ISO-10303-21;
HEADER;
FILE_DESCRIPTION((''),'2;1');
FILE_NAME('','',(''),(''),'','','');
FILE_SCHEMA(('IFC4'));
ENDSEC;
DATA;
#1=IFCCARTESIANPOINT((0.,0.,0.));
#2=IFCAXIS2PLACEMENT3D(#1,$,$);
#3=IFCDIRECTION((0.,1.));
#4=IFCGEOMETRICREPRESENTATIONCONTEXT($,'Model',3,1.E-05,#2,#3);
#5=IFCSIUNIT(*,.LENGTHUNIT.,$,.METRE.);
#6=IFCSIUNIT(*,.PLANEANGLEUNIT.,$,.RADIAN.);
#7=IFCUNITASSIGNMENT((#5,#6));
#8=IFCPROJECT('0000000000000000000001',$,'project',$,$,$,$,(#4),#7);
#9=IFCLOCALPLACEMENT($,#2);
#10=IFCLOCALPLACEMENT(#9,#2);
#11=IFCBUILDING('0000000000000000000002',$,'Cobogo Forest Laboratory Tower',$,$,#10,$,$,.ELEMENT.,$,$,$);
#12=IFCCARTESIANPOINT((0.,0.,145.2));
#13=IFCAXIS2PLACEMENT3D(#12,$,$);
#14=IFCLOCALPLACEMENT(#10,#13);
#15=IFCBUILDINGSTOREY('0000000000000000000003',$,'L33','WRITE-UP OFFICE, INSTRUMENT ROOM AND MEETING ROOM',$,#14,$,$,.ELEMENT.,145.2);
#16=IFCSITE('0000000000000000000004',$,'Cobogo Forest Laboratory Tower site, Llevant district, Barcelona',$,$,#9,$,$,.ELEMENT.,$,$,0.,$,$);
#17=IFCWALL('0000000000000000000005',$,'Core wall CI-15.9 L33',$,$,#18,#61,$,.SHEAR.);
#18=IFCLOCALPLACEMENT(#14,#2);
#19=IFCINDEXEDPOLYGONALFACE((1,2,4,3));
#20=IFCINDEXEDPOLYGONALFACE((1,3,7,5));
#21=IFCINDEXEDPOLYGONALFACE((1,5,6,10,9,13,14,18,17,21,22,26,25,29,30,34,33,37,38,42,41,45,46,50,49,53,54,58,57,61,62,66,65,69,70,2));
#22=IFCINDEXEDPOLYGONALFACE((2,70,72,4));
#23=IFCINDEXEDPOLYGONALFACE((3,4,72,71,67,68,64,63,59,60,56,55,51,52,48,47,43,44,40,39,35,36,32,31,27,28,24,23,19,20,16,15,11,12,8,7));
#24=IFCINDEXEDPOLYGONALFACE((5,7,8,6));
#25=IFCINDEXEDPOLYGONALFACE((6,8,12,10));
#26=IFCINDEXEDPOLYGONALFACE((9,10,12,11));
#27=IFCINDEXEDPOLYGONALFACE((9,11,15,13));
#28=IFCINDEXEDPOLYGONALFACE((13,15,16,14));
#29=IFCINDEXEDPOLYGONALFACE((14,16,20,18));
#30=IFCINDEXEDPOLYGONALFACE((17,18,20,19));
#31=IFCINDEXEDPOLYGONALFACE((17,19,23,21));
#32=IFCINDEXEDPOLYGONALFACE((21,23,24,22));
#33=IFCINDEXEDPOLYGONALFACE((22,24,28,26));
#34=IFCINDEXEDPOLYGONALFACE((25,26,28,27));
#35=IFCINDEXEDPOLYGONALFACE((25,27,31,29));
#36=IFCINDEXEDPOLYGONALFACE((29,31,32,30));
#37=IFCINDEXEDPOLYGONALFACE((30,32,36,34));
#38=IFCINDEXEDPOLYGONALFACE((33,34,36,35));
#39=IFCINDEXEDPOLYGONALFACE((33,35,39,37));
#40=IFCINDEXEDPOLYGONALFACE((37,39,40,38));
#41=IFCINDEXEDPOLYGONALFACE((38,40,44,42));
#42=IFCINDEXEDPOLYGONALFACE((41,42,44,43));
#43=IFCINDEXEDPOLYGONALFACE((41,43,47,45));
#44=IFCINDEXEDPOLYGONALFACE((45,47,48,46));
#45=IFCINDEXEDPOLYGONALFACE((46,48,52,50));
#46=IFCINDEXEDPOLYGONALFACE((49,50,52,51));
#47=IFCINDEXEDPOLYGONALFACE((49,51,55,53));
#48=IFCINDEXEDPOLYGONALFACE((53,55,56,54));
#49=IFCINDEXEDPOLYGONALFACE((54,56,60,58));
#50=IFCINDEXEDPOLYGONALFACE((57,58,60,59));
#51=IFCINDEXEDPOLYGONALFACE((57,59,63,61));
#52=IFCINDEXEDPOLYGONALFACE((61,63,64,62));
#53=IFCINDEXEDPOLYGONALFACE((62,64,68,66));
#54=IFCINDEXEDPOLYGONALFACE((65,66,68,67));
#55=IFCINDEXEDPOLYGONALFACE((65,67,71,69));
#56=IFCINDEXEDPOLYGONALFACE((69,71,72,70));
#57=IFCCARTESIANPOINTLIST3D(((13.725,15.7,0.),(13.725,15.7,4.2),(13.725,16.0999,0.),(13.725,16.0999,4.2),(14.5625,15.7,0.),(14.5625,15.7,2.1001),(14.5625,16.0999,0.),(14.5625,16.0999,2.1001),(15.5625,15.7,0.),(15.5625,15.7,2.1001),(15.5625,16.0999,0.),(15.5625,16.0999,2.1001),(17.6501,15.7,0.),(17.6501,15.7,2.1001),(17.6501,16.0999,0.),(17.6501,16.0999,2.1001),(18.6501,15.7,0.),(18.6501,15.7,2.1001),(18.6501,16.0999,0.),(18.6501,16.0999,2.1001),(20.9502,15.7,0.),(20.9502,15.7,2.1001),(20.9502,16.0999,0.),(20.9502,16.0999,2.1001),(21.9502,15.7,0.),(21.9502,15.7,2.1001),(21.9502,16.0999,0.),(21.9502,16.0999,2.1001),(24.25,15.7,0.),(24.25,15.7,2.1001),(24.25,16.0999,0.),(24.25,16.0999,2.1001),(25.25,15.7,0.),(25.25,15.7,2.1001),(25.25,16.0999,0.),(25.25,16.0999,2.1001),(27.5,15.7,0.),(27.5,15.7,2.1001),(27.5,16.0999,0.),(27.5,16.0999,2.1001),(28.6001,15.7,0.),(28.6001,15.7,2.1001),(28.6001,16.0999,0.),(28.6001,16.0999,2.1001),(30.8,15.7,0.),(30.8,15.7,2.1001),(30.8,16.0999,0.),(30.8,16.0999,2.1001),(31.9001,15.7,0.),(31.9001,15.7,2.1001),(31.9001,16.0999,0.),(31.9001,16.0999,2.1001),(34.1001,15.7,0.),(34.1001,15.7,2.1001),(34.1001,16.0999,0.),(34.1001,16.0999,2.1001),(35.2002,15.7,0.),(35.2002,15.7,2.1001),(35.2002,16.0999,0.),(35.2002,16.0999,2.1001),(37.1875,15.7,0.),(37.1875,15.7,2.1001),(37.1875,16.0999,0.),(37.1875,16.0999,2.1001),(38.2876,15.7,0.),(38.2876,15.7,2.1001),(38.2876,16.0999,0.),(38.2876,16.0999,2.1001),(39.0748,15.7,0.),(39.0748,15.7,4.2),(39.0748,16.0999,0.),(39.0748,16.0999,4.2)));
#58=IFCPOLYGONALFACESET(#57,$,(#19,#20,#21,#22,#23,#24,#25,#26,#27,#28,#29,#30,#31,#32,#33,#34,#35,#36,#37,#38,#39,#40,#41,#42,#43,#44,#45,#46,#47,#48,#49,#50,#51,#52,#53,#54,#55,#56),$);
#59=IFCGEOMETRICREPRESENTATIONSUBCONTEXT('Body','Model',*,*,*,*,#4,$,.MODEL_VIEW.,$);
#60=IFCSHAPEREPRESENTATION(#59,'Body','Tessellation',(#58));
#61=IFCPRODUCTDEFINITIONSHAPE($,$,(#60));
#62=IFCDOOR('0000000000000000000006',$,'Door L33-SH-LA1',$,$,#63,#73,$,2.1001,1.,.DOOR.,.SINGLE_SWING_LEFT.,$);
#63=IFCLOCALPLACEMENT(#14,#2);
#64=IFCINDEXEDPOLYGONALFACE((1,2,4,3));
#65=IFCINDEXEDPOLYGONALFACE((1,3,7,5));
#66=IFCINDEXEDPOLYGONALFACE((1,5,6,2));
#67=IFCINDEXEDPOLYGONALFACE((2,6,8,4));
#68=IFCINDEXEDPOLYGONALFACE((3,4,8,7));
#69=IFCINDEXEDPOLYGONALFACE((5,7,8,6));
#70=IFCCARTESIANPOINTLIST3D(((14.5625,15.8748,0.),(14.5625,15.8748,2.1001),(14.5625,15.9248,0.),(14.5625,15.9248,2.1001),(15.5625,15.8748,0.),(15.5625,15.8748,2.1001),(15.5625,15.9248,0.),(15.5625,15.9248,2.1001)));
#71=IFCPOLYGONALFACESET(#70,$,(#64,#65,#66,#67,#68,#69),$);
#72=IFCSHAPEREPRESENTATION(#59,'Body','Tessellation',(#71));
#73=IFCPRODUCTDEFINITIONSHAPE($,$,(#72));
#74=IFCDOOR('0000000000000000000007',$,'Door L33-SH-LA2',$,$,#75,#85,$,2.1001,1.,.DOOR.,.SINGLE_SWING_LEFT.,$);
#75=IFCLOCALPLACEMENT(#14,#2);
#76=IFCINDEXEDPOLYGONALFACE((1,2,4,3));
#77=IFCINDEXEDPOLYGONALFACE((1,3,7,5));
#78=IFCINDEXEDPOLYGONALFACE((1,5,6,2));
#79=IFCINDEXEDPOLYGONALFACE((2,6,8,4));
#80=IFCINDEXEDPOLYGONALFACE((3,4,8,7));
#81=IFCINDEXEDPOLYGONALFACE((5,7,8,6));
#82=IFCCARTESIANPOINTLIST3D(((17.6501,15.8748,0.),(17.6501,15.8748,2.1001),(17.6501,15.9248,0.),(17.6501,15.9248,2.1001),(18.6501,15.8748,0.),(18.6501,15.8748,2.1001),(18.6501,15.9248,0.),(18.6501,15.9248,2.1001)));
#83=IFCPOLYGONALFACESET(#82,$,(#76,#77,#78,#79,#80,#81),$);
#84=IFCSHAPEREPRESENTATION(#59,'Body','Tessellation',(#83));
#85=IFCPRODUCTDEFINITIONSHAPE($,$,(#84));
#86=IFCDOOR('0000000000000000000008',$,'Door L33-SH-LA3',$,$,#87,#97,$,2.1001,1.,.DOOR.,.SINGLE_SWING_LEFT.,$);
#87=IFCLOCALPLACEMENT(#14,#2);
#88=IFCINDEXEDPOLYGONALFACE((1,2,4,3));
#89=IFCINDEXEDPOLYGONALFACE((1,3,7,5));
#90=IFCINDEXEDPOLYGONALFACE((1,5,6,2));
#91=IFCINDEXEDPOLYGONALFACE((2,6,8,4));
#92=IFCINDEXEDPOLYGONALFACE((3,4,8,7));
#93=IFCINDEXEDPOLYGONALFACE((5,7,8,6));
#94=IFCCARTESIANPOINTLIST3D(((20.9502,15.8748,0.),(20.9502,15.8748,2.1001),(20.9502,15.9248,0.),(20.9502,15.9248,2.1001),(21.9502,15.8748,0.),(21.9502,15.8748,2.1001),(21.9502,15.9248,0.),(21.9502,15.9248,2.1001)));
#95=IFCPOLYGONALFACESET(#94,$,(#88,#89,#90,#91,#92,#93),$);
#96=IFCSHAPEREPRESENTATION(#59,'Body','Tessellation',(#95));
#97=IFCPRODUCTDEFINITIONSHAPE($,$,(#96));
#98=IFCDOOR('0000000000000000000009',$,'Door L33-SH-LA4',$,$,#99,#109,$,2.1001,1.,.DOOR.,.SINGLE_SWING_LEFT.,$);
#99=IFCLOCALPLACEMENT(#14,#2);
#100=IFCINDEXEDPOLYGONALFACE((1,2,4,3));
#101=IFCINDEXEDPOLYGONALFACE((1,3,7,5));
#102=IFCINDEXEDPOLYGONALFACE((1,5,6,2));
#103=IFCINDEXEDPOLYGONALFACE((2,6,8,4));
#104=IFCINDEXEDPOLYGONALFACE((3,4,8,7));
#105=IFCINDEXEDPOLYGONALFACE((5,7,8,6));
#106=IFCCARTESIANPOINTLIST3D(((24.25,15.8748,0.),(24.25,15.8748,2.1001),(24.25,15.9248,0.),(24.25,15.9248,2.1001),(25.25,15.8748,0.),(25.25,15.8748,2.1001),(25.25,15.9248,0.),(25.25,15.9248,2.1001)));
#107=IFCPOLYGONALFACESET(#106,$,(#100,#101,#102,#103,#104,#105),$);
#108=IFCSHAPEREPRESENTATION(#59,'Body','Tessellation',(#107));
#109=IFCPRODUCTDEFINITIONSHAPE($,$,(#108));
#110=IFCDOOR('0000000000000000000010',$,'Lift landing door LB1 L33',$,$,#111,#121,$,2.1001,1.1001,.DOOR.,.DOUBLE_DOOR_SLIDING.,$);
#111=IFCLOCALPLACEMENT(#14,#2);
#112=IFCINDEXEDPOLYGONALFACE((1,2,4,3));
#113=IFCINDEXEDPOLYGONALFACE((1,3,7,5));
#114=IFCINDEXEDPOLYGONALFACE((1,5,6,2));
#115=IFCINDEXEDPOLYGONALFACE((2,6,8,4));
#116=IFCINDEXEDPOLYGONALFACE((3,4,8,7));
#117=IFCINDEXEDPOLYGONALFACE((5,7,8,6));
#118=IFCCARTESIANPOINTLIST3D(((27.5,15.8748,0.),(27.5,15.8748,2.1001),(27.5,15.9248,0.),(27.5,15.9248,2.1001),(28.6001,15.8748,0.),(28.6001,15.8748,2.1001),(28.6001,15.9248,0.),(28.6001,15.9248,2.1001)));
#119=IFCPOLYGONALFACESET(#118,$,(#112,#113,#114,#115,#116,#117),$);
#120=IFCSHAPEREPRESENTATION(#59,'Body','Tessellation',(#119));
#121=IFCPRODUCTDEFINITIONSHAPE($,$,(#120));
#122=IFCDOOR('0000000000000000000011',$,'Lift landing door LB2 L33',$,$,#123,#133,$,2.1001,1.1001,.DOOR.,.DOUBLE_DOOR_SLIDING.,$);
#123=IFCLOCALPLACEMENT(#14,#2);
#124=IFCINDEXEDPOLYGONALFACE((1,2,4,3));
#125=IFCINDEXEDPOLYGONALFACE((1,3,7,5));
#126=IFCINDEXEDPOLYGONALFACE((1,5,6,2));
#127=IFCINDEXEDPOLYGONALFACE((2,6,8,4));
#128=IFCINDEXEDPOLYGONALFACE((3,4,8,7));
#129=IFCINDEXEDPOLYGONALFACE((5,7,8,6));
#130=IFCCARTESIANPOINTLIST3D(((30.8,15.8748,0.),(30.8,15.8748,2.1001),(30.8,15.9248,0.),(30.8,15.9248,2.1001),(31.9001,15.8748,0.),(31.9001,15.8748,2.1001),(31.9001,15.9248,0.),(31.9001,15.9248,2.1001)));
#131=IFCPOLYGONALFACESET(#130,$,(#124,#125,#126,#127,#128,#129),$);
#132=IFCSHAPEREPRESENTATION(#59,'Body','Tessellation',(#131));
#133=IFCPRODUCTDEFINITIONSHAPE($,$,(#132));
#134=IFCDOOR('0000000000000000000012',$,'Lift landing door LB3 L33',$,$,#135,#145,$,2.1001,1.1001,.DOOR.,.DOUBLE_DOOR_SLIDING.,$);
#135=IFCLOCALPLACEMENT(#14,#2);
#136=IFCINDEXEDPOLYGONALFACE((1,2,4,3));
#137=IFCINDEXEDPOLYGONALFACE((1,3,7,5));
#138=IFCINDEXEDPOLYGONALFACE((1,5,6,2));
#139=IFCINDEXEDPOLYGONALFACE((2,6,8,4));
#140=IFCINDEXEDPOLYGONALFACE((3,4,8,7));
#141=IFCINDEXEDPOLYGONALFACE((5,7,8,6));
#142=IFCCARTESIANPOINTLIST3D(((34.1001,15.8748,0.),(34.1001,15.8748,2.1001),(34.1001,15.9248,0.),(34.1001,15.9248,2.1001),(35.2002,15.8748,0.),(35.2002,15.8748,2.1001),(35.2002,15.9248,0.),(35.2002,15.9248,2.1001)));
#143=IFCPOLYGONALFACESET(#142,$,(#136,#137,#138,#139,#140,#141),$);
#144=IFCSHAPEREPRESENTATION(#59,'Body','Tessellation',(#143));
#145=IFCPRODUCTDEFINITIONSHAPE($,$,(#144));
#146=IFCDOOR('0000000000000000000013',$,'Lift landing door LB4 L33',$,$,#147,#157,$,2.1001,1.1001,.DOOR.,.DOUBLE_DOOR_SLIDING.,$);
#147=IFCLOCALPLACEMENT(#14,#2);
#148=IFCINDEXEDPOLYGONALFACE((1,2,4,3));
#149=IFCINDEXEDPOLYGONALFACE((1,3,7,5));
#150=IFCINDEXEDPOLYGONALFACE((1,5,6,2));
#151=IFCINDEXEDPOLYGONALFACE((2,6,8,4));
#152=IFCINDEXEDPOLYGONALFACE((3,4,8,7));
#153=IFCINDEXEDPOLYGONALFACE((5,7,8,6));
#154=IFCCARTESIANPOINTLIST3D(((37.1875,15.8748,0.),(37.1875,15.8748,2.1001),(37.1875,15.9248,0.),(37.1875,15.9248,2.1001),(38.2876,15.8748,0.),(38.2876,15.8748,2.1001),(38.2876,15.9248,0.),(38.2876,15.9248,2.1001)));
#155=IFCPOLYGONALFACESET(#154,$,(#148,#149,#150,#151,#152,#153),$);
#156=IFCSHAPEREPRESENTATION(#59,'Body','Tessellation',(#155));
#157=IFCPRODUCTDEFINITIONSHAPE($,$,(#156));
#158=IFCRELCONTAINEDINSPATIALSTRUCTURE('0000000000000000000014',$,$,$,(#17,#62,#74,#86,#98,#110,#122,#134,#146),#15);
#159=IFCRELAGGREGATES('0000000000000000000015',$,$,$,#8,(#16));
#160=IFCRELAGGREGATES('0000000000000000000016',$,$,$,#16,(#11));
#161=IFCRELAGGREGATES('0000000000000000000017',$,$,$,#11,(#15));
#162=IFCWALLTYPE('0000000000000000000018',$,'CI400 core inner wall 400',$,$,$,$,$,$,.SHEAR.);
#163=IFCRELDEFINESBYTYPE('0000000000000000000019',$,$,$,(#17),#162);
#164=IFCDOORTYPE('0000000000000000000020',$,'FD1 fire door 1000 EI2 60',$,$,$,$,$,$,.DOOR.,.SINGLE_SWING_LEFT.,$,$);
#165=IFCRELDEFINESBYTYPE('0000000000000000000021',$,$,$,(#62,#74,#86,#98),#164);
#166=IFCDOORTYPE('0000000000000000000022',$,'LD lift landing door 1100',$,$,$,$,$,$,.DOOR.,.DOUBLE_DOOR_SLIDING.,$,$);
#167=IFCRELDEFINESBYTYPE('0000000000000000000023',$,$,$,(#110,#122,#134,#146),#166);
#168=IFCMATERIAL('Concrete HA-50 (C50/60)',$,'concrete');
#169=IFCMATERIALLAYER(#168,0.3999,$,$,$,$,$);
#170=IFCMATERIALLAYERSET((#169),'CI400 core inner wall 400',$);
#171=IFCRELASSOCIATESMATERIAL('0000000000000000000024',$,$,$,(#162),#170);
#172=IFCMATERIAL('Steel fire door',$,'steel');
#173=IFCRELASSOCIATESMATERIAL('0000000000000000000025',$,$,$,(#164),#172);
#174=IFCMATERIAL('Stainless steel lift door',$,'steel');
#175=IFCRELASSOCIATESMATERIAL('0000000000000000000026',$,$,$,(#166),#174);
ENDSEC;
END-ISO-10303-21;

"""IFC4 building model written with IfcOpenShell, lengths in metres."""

from ifc_helpers import new_model, si_unit, direction, frame, frame_2d, origin, place, context, subcontext, project, spatial, rectangle, extrude, material, layer, layer_set, type_object, element, fill, save


model = new_model("IFC4")

# Units and contexts
model_context = context("Model", 3, precision=1e-05, world=origin(), true_north=direction((0.0, 1.0)))
body_context = subcontext(model_context, "Body", "Model", "MODEL_VIEW")
ifc_project = project(units=[si_unit("LENGTHUNIT", "METRE"), si_unit("PLANEANGLEUNIT", "RADIAN")], contexts=[model_context])

# Site, building, storey
site_placement = place(None, origin())
site = spatial("IfcSite", under=ifc_project, at=site_placement, Name="Cobogo Forest Laboratory Tower site, Llevant district, Barcelona", CompositionType="ELEMENT", RefElevation=0.0)
building_placement = place(site_placement, origin())
building = spatial("IfcBuilding", under=site, at=building_placement, Name="Cobogo Forest Laboratory Tower", CompositionType="ELEMENT")
storey_placement = place(building_placement, frame((0.0, 0.0, 145.2)))
storey = spatial("IfcBuildingStorey", under=building, at=storey_placement, Name="L33", Description="WRITE-UP OFFICE, INSTRUMENT ROOM AND MEETING ROOM", CompositionType="ELEMENT", Elevation=145.2)

# Wall, openings, doors
ifc_material_1 = material(Name="Concrete HA-50 (C50/60)", Category="concrete")
ifc_layer_1 = layer(ifc_material_1, 0.3999)
ifc_layer_set_1 = layer_set([ifc_layer_1], Name="CI400 core inner wall 400")
wall_type_1 = type_object("IfcWallType", Name="CI400 core inner wall 400", PredefinedType="SHEAR", material=ifc_layer_set_1)
wall_1_placement = place(storey_placement, frame((13.7251, 15.8999, 0.0), z_axis=(0.0, 0.0, 1.0), x_axis=(1.0, 0.0, 0.0)))
wall_1 = element("IfcWall", 1, at=wall_1_placement, inside=storey, type_object=wall_type_1, Name="Core wall CI-15.9 L33", PredefinedType="SHEAR", context=body_context, shape_type="SweptSolid", body=[
    extrude(rectangle(XDim=25.3499, YDim=0.3999, at=frame_2d((12.6748, 0.0))), origin(), (0.0, 0.0, 1.0), 4.2),
])
opening_1_placement = place(wall_1_placement, frame((0.8374, 0.0, 0.0)))
opening_1 = element("IfcOpeningElement", 2, at=opening_1_placement, cuts=wall_1, PredefinedType="OPENING", context=body_context, shape_type="SweptSolid", body=[
    extrude(rectangle(XDim=1.0, YDim=2.1001, at=frame_2d((0.5, 1.05))), frame((0.0, 0.21, 0.0), z_axis=(0.0, -1.0, 0.0), x_axis=(1.0, 0.0, 0.0)), (0.0, 0.0, 1.0), 0.4199),
])
opening_2_placement = place(wall_1_placement, frame((3.925, 0.0, 0.0)))
opening_2 = element("IfcOpeningElement", 3, at=opening_2_placement, cuts=wall_1, PredefinedType="OPENING", context=body_context, shape_type="SweptSolid", body=[
    extrude(rectangle(XDim=1.0, YDim=2.1001, at=frame_2d((0.5, 1.05))), frame((0.0, 0.21, 0.0), z_axis=(0.0, -1.0, 0.0), x_axis=(1.0, 0.0, 0.0)), (0.0, 0.0, 1.0), 0.4199),
])
opening_3_placement = place(wall_1_placement, frame((7.2251, 0.0, 0.0)))
opening_3 = element("IfcOpeningElement", 4, at=opening_3_placement, cuts=wall_1, PredefinedType="OPENING", context=body_context, shape_type="SweptSolid", body=[
    extrude(rectangle(XDim=1.0, YDim=2.1001, at=frame_2d((0.5, 1.05))), frame((0.0, 0.21, 0.0), z_axis=(0.0, -1.0, 0.0), x_axis=(1.0, 0.0, 0.0)), (0.0, 0.0, 1.0), 0.4199),
])
opening_4_placement = place(wall_1_placement, frame((10.5249, 0.0, 0.0)))
opening_4 = element("IfcOpeningElement", 5, at=opening_4_placement, cuts=wall_1, PredefinedType="OPENING", context=body_context, shape_type="SweptSolid", body=[
    extrude(rectangle(XDim=1.0, YDim=2.1001, at=frame_2d((0.5, 1.05))), frame((0.0, 0.21, 0.0), z_axis=(0.0, -1.0, 0.0), x_axis=(1.0, 0.0, 0.0)), (0.0, 0.0, 1.0), 0.4199),
])
opening_5_placement = place(wall_1_placement, frame((13.7749, 0.0, 0.0)))
opening_5 = element("IfcOpeningElement", 6, at=opening_5_placement, cuts=wall_1, PredefinedType="OPENING", context=body_context, shape_type="SweptSolid", body=[
    extrude(rectangle(XDim=1.1001, YDim=2.1001, at=frame_2d((0.55, 1.05))), frame((0.0, 0.21, 0.0), z_axis=(0.0, -1.0, 0.0), x_axis=(1.0, 0.0, 0.0)), (0.0, 0.0, 1.0), 0.4199),
])
opening_6_placement = place(wall_1_placement, frame((17.075, 0.0, 0.0)))
opening_6 = element("IfcOpeningElement", 7, at=opening_6_placement, cuts=wall_1, PredefinedType="OPENING", context=body_context, shape_type="SweptSolid", body=[
    extrude(rectangle(XDim=1.1001, YDim=2.1001, at=frame_2d((0.55, 1.05))), frame((0.0, 0.21, 0.0), z_axis=(0.0, -1.0, 0.0), x_axis=(1.0, 0.0, 0.0)), (0.0, 0.0, 1.0), 0.4199),
])
opening_7_placement = place(wall_1_placement, frame((20.375, 0.0, 0.0)))
opening_7 = element("IfcOpeningElement", 8, at=opening_7_placement, cuts=wall_1, PredefinedType="OPENING", context=body_context, shape_type="SweptSolid", body=[
    extrude(rectangle(XDim=1.1001, YDim=2.1001, at=frame_2d((0.55, 1.05))), frame((0.0, 0.21, 0.0), z_axis=(0.0, -1.0, 0.0), x_axis=(1.0, 0.0, 0.0)), (0.0, 0.0, 1.0), 0.4199),
])
opening_8_placement = place(wall_1_placement, frame((23.4624, 0.0, 0.0)))
opening_8 = element("IfcOpeningElement", 9, at=opening_8_placement, cuts=wall_1, PredefinedType="OPENING", context=body_context, shape_type="SweptSolid", body=[
    extrude(rectangle(XDim=1.1001, YDim=2.1001, at=frame_2d((0.55, 1.05))), frame((0.0, 0.21, 0.0), z_axis=(0.0, -1.0, 0.0), x_axis=(1.0, 0.0, 0.0)), (0.0, 0.0, 1.0), 0.4199),
])
ifc_material_2 = material(Name="Steel fire door", Category="steel")
door_type_1 = type_object("IfcDoorType", Name="FD1 fire door 1000 EI2 60", OperationType="SINGLE_SWING_LEFT", PredefinedType="DOOR", material=ifc_material_2)
door_1_placement = place(opening_1_placement, origin())
door_1 = element("IfcDoor", 10, at=door_1_placement, inside=storey, type_object=door_type_1, Name="Door L33-SH-LA1", OperationType="SINGLE_SWING_LEFT", OverallHeight=2.1001, OverallWidth=1.0, PredefinedType="DOOR", context=body_context, shape_type="SweptSolid", body=[
    extrude(rectangle(XDim=1.0, YDim=2.1001, at=frame_2d((0.5, 1.05))), frame((0.0, 0.0249, 0.0), z_axis=(0.0, -1.0, 0.0), x_axis=(1.0, 0.0, 0.0)), (0.0, 0.0, 1.0), 0.05),
])
fill(opening_1, door_1)
door_2_placement = place(opening_2_placement, origin())
door_2 = element("IfcDoor", 11, at=door_2_placement, inside=storey, type_object=door_type_1, Name="Door L33-SH-LA2", OperationType="SINGLE_SWING_LEFT", OverallHeight=2.1001, OverallWidth=1.0, PredefinedType="DOOR", context=body_context, shape_type="SweptSolid", body=[
    extrude(rectangle(XDim=1.0, YDim=2.1001, at=frame_2d((0.5, 1.05))), frame((0.0, 0.0249, 0.0), z_axis=(0.0, -1.0, 0.0), x_axis=(1.0, 0.0, 0.0)), (0.0, 0.0, 1.0), 0.05),
])
fill(opening_2, door_2)
door_3_placement = place(opening_3_placement, origin())
door_3 = element("IfcDoor", 12, at=door_3_placement, inside=storey, type_object=door_type_1, Name="Door L33-SH-LA3", OperationType="SINGLE_SWING_LEFT", OverallHeight=2.1001, OverallWidth=1.0, PredefinedType="DOOR", context=body_context, shape_type="SweptSolid", body=[
    extrude(rectangle(XDim=1.0, YDim=2.1001, at=frame_2d((0.5, 1.05))), frame((0.0, 0.0249, 0.0), z_axis=(0.0, -1.0, 0.0), x_axis=(1.0, 0.0, 0.0)), (0.0, 0.0, 1.0), 0.05),
])
fill(opening_3, door_3)
door_4_placement = place(opening_4_placement, origin())
door_4 = element("IfcDoor", 13, at=door_4_placement, inside=storey, type_object=door_type_1, Name="Door L33-SH-LA4", OperationType="SINGLE_SWING_LEFT", OverallHeight=2.1001, OverallWidth=1.0, PredefinedType="DOOR", context=body_context, shape_type="SweptSolid", body=[
    extrude(rectangle(XDim=1.0, YDim=2.1001, at=frame_2d((0.5, 1.05))), frame((0.0, 0.0249, 0.0), z_axis=(0.0, -1.0, 0.0), x_axis=(1.0, 0.0, 0.0)), (0.0, 0.0, 1.0), 0.05),
])
fill(opening_4, door_4)
ifc_material_3 = material(Name="Stainless steel lift door", Category="steel")
door_type_2 = type_object("IfcDoorType", Name="LD lift landing door 1100", OperationType="DOUBLE_DOOR_SLIDING", PredefinedType="DOOR", material=ifc_material_3)
door_5_placement = place(opening_5_placement, origin())
door_5 = element("IfcDoor", 14, at=door_5_placement, inside=storey, type_object=door_type_2, Name="Lift landing door LB1 L33", OperationType="DOUBLE_DOOR_SLIDING", OverallHeight=2.1001, OverallWidth=1.1001, PredefinedType="DOOR", context=body_context, shape_type="SweptSolid", body=[
    extrude(rectangle(XDim=1.1001, YDim=2.1001, at=frame_2d((0.55, 1.05))), frame((0.0, 0.0249, 0.0), z_axis=(0.0, -1.0, 0.0), x_axis=(1.0, 0.0, 0.0)), (0.0, 0.0, 1.0), 0.05),
])
fill(opening_5, door_5)
door_6_placement = place(opening_6_placement, origin())
door_6 = element("IfcDoor", 15, at=door_6_placement, inside=storey, type_object=door_type_2, Name="Lift landing door LB2 L33", OperationType="DOUBLE_DOOR_SLIDING", OverallHeight=2.1001, OverallWidth=1.1001, PredefinedType="DOOR", context=body_context, shape_type="SweptSolid", body=[
    extrude(rectangle(XDim=1.1001, YDim=2.1001, at=frame_2d((0.55, 1.05))), frame((0.0, 0.0249, 0.0), z_axis=(0.0, -1.0, 0.0), x_axis=(1.0, 0.0, 0.0)), (0.0, 0.0, 1.0), 0.05),
])
fill(opening_6, door_6)
door_7_placement = place(opening_7_placement, origin())
door_7 = element("IfcDoor", 16, at=door_7_placement, inside=storey, type_object=door_type_2, Name="Lift landing door LB3 L33", OperationType="DOUBLE_DOOR_SLIDING", OverallHeight=2.1001, OverallWidth=1.1001, PredefinedType="DOOR", context=body_context, shape_type="SweptSolid", body=[
    extrude(rectangle(XDim=1.1001, YDim=2.1001, at=frame_2d((0.55, 1.05))), frame((0.0, 0.0249, 0.0), z_axis=(0.0, -1.0, 0.0), x_axis=(1.0, 0.0, 0.0)), (0.0, 0.0, 1.0), 0.05),
])
fill(opening_7, door_7)
door_8_placement = place(opening_8_placement, origin())
door_8 = element("IfcDoor", 17, at=door_8_placement, inside=storey, type_object=door_type_2, Name="Lift landing door LB4 L33", OperationType="DOUBLE_DOOR_SLIDING", OverallHeight=2.1001, OverallWidth=1.1001, PredefinedType="DOOR", context=body_context, shape_type="SweptSolid", body=[
    extrude(rectangle(XDim=1.1001, YDim=2.1001, at=frame_2d((0.55, 1.05))), frame((0.0, 0.0249, 0.0), z_axis=(0.0, -1.0, 0.0), x_axis=(1.0, 0.0, 0.0)), (0.0, 0.0, 1.0), 0.05),
])
fill(opening_8, door_8)

save(model, "model.ifc")
